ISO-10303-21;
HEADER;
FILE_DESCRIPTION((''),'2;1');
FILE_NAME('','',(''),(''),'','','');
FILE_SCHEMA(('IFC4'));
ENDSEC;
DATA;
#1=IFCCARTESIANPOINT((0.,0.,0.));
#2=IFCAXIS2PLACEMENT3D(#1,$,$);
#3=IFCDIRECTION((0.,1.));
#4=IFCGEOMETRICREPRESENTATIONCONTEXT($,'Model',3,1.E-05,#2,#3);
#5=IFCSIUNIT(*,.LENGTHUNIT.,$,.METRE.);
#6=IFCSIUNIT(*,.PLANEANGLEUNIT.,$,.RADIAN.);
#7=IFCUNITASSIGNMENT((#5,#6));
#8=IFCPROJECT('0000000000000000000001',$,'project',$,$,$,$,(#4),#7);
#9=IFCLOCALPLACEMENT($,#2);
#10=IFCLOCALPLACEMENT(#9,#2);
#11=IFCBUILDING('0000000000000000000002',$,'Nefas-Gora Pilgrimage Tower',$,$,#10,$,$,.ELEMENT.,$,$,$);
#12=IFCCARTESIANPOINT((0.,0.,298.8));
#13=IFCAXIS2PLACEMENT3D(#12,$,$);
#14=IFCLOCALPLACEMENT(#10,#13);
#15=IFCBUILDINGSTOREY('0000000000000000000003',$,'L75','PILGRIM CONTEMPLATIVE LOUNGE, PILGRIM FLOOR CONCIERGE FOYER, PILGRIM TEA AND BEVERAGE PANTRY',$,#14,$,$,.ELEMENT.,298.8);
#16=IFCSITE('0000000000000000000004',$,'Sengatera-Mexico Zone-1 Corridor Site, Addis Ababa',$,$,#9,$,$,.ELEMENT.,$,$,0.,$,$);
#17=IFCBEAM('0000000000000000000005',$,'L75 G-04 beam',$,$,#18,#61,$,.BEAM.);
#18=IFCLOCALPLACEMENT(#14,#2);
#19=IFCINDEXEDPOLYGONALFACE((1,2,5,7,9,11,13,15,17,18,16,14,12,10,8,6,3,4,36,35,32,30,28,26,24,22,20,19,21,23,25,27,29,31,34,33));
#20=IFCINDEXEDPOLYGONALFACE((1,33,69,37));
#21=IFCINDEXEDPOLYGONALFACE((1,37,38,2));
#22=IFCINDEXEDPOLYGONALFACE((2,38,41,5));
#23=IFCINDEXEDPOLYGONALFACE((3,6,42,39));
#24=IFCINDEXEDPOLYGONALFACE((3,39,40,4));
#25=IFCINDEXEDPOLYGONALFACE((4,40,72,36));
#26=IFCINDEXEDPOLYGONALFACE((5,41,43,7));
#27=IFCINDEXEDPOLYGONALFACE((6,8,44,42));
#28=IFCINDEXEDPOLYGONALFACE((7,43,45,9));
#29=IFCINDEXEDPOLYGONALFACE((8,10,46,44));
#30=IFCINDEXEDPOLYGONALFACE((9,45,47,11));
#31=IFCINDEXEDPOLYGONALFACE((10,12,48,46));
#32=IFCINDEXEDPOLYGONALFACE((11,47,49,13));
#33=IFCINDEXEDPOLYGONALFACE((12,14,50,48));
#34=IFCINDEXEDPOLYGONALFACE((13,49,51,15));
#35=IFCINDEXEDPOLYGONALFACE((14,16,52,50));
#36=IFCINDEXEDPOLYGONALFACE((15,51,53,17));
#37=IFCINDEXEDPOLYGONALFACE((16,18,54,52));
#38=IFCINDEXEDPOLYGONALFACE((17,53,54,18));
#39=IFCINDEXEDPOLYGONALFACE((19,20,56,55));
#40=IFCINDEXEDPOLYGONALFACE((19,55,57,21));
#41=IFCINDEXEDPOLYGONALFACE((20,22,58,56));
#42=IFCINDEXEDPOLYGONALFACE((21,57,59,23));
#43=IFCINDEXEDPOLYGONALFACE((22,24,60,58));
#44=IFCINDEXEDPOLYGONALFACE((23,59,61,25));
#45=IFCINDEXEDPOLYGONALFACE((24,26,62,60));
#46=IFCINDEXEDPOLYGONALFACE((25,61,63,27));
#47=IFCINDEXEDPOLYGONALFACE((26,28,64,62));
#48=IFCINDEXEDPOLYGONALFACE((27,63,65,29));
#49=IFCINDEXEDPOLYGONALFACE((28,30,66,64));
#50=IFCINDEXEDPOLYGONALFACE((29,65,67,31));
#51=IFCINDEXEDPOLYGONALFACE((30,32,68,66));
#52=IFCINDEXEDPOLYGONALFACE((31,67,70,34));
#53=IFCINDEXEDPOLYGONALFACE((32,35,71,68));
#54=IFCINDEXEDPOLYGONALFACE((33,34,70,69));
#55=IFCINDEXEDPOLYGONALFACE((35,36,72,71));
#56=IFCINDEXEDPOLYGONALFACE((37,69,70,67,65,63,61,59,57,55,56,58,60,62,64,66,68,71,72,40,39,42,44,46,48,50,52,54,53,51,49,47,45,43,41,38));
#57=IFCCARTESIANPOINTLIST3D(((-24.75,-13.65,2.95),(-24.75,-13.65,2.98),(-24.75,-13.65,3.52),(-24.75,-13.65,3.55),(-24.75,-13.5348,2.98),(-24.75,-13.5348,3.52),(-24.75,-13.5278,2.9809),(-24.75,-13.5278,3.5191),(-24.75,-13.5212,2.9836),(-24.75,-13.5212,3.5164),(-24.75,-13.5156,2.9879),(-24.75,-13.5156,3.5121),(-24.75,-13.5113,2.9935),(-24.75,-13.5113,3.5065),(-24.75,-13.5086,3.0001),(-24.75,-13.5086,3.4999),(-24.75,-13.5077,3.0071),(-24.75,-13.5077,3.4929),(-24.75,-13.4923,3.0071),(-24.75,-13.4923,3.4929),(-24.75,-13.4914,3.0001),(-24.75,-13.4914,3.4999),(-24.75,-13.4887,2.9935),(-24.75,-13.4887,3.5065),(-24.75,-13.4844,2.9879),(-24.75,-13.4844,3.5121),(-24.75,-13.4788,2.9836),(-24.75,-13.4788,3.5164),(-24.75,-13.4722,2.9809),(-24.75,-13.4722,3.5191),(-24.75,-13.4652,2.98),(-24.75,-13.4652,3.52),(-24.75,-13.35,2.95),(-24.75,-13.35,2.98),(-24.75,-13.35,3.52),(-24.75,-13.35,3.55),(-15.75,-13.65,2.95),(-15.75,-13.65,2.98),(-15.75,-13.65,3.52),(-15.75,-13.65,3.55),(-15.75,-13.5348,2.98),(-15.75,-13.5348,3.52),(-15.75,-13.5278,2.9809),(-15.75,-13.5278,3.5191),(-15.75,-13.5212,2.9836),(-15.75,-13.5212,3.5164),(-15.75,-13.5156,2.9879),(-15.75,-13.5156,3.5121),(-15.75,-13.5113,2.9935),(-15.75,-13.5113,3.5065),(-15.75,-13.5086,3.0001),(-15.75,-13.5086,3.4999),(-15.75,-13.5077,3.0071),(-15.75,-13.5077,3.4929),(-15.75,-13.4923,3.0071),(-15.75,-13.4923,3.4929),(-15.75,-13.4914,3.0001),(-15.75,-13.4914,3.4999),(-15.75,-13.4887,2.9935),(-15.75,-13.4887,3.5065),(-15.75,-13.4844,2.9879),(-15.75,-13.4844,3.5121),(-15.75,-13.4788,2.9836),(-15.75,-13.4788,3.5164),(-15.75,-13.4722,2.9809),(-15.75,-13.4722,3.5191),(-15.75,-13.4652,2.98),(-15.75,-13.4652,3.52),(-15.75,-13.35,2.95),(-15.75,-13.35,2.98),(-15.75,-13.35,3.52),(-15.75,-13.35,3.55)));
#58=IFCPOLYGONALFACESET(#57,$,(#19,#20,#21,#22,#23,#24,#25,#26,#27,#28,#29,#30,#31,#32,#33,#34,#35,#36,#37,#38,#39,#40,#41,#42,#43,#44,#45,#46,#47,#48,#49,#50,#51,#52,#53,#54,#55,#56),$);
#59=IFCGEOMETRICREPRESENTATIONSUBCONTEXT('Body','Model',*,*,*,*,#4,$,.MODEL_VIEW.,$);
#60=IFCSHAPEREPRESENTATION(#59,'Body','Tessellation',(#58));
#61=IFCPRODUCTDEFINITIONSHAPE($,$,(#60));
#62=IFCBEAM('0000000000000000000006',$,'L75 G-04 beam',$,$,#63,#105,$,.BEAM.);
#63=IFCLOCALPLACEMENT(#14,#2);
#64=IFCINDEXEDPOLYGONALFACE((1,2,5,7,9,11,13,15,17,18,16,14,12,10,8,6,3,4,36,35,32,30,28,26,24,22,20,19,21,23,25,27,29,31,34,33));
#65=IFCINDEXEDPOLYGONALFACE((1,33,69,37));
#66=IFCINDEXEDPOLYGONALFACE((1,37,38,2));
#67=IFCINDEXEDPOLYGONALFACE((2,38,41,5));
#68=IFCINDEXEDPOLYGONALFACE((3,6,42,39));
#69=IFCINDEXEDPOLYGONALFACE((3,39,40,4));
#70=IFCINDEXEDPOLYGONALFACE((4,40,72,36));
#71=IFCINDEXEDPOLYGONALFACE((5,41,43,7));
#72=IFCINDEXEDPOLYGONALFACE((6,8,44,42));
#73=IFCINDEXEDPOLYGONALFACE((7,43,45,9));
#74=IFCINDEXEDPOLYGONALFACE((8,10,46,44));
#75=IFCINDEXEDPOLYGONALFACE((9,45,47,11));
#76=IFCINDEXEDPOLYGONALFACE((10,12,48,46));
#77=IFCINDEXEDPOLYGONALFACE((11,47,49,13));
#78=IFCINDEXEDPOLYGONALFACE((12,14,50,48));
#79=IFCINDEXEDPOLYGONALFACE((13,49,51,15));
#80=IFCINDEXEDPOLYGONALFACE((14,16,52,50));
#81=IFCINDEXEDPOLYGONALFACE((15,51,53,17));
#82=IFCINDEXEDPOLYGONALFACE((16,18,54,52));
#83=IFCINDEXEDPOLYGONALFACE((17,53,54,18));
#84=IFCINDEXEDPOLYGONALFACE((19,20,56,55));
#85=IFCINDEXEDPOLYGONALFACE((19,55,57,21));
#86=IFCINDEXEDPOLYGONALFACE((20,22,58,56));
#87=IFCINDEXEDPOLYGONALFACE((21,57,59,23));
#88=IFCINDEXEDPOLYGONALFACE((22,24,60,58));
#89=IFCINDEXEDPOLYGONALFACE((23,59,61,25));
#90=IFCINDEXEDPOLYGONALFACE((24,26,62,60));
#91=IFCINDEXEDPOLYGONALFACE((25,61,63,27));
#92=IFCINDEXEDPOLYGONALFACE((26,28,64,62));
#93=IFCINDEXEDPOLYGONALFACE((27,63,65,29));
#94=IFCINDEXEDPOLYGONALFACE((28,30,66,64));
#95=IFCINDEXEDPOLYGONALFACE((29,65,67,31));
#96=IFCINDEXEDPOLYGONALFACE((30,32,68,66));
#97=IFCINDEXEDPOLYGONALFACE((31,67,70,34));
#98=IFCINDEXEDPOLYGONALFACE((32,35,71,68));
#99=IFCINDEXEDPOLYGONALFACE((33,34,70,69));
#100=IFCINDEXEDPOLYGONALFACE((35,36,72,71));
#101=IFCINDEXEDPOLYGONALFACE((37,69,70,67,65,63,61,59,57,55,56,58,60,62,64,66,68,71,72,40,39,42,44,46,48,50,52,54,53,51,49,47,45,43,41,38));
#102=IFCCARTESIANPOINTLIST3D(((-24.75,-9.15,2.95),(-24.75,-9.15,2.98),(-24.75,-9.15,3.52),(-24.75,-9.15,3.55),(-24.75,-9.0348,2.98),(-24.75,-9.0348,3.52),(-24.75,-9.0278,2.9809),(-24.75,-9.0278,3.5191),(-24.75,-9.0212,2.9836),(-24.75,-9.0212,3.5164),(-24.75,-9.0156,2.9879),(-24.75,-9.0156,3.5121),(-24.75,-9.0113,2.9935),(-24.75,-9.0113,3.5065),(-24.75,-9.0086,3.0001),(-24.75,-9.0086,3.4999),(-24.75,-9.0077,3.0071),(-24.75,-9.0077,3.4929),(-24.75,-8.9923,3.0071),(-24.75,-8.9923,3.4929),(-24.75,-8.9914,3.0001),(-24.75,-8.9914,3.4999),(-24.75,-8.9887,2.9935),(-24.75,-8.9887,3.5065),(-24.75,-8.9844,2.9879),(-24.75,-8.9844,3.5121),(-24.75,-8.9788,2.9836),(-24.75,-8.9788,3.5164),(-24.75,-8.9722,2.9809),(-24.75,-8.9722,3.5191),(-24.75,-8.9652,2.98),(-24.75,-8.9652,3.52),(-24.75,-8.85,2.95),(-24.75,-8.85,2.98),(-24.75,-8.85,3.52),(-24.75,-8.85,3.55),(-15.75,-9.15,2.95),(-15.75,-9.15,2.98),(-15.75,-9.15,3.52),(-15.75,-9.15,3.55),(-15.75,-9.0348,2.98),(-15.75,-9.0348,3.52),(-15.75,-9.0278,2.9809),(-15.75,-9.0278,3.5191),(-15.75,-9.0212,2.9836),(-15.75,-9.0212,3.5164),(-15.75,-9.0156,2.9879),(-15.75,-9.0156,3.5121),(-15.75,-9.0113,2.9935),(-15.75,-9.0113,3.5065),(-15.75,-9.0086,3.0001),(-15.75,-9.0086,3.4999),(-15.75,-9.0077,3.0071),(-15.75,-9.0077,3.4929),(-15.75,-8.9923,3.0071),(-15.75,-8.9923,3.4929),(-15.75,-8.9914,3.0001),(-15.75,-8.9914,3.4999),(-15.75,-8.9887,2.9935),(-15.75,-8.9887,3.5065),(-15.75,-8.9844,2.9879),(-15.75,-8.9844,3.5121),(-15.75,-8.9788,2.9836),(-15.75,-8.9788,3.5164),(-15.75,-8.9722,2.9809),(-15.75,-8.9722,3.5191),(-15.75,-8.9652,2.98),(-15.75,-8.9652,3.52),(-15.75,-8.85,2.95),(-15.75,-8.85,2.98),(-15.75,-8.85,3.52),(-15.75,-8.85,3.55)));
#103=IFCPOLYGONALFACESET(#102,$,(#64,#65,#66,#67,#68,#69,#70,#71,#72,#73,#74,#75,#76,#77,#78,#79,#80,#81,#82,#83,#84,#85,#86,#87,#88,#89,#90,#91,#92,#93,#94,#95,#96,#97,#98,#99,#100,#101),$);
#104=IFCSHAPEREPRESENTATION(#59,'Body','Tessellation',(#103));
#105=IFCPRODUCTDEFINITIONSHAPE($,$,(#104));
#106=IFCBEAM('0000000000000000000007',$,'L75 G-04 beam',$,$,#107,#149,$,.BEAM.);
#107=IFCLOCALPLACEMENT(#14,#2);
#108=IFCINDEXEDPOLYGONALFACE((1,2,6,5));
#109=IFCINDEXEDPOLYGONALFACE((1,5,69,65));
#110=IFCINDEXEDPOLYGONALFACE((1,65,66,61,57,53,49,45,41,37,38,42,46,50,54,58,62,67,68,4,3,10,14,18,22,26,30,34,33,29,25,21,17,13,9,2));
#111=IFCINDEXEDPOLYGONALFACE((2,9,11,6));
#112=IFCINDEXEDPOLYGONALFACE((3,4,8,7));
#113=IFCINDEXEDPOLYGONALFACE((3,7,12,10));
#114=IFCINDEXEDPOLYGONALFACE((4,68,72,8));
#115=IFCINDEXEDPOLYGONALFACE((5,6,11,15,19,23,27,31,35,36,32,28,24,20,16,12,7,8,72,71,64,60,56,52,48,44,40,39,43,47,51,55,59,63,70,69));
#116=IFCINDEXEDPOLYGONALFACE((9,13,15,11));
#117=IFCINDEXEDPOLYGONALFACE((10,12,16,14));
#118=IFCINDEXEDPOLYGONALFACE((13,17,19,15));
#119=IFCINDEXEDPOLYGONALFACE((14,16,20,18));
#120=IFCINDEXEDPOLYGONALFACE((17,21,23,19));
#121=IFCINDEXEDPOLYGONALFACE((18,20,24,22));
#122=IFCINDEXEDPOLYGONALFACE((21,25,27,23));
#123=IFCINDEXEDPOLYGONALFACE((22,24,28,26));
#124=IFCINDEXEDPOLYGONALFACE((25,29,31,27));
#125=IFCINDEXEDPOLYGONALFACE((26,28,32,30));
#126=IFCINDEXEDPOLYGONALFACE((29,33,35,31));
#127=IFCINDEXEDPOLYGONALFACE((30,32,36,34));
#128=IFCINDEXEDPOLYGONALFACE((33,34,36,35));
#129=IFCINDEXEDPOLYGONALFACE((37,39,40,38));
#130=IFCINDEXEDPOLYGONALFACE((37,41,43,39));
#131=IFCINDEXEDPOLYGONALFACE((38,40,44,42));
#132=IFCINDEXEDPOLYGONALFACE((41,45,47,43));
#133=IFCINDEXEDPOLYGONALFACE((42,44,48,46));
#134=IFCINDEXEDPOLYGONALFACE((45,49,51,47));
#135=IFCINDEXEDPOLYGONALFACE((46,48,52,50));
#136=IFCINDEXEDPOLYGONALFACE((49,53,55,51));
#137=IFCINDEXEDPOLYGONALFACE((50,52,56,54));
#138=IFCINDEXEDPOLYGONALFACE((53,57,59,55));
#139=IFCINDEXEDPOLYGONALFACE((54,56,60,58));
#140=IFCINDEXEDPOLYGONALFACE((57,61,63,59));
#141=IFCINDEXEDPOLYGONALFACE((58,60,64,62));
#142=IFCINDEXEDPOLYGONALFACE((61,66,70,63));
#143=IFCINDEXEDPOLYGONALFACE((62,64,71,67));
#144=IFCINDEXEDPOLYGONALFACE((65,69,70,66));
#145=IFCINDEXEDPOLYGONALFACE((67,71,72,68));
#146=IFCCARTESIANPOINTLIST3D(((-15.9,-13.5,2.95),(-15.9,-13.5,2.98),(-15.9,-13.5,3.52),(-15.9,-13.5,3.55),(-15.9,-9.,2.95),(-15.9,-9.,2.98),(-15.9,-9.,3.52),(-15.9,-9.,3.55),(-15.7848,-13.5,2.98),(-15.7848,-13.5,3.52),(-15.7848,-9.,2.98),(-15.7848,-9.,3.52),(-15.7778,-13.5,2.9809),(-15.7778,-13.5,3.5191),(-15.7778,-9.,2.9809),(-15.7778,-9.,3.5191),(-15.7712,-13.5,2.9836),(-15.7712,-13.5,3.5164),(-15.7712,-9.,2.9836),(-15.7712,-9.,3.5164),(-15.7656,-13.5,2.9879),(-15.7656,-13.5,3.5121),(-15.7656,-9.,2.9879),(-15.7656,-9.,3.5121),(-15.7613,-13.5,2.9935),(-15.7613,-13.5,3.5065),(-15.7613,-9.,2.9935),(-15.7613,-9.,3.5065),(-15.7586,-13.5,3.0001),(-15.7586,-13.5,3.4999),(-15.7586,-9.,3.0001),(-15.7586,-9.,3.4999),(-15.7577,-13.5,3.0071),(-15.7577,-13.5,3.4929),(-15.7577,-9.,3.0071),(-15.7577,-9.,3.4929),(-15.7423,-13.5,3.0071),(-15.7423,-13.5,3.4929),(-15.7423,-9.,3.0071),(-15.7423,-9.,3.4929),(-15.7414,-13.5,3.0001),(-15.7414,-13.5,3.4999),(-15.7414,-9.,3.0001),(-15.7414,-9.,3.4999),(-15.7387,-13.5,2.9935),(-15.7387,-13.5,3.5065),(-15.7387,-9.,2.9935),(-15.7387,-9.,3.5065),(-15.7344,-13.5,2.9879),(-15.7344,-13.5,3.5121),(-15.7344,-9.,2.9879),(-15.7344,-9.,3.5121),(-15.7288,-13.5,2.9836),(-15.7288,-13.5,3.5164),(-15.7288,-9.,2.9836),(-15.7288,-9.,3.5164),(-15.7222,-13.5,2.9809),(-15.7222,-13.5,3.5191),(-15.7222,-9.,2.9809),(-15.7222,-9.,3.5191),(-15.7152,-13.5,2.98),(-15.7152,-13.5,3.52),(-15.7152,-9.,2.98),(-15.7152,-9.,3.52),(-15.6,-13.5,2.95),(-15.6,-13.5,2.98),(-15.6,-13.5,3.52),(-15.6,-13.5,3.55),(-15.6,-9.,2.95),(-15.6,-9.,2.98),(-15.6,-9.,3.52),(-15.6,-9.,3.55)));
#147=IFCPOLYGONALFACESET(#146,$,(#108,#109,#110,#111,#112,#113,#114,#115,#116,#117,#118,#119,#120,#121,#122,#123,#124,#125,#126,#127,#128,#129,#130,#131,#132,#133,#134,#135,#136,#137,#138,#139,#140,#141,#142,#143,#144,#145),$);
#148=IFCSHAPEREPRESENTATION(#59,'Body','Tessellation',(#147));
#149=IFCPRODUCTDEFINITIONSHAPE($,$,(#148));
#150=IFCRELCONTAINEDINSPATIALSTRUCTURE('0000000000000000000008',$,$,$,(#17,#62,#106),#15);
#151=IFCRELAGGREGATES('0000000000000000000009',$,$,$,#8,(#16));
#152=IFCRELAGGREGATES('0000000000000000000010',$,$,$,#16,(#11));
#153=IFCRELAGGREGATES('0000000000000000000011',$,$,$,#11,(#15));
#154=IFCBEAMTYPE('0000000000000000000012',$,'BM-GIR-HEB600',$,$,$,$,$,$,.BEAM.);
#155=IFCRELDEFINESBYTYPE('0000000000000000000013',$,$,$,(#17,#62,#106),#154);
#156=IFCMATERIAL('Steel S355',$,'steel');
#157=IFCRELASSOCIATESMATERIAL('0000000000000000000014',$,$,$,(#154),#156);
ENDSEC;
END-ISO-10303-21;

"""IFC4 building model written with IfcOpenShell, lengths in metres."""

from ifc_helpers import new_model, si_unit, direction, frame, origin, origin_2d, place, context, subcontext, project, spatial, i_section, extrude, source, transform, mapped, material, material_profile, profile_set, type_object, element, save


model = new_model("IFC4")

# Units and contexts
model_context = context("Model", 3, precision=1e-05, world=origin(), true_north=direction((0.0, 1.0)))
body_context = subcontext(model_context, "Body", "Model", "MODEL_VIEW")
ifc_project = project(units=[si_unit("LENGTHUNIT", "METRE"), si_unit("PLANEANGLEUNIT", "RADIAN")], contexts=[model_context])

# Site, building, storey
site_placement = place(None, origin())
site = spatial("IfcSite", under=ifc_project, at=site_placement, Name="Sengatera-Mexico Zone-1 Corridor Site, Addis Ababa", CompositionType="ELEMENT", RefElevation=0.0)
building_placement = place(site_placement, origin())
building = spatial("IfcBuilding", under=site, at=building_placement, Name="Nefas-Gora Pilgrimage Tower", CompositionType="ELEMENT")
storey_placement = place(building_placement, frame((0.0, 0.0, 298.8)))
storey = spatial("IfcBuildingStorey", under=building, at=storey_placement, Name="L75", Description="PILGRIM CONTEMPLATIVE LOUNGE, PILGRIM FLOOR CONCIERGE FOYER, PILGRIM TEA AND BEVERAGE PANTRY", CompositionType="ELEMENT", Elevation=298.8)

# Shared definitions
ifc_material_1 = material(Name="Steel S355", Category="steel")

# Beams
ifc_material_profile_1 = material_profile(ifc_material_1, i_section(OverallWidth=0.3, OverallDepth=0.6001, WebThickness=0.0154, FlangeThickness=0.03, FilletRadius=0.0271, at=origin_2d()), Name="HEB 600")
ifc_profile_set_1 = profile_set([ifc_material_profile_1], Name="Steel S355")
beam_type_1 = type_object("IfcBeamType", Name="BM-GIR-HEB600", PredefinedType="BEAM", material=ifc_profile_set_1)
shared_shape_1 = source(origin(), body_context, "Body", "SweptSolid", [
    extrude(i_section(OverallWidth=0.3, OverallDepth=0.6001, WebThickness=0.0154, FlangeThickness=0.03, FilletRadius=0.0271, at=origin_2d()), origin(), (0.0, 0.0, 1.0), 9.0),
])
for number, where, z_axis, x_axis, name in (
    (1, (-24.75, -13.5, 3.25), (1.0, 0.0, 0.0), (0.0, 1.0, 0.0), "L75 G-04 beam"),
    (2, (-24.75, -9.0, 3.25), (1.0, 0.0, 0.0), (0.0, 1.0, 0.0), "L75 G-04 beam"),
):
    element("IfcBeam", number, at=place(storey_placement, frame(where, z_axis=z_axis, x_axis=x_axis)), inside=storey, type_object=beam_type_1, Name=name, PredefinedType="BEAM", context=body_context, shape_type="MappedRepresentation", body=[
        mapped(shared_shape_1, transform((0.0, 0.0, 0.0), x_axis=(1.0, 0.0, 0.0), y_axis=(0.0, 1.0, 0.0), z_axis=(0.0, 0.0, 1.0), scale=1.0)),
    ])
shared_shape_2 = source(origin(), body_context, "Body", "SweptSolid", [
    extrude(i_section(OverallWidth=0.3, OverallDepth=0.6001, WebThickness=0.0154, FlangeThickness=0.03, FilletRadius=0.0271, at=origin_2d()), origin(), (0.0, 0.0, 1.0), 4.5),
])
beam_placement = place(storey_placement, frame((-15.75, -13.5, 3.25), z_axis=(0.0, 1.0, 0.0), x_axis=(-1.0, 0.0, 0.0)))
element("IfcBeam", 3, at=beam_placement, inside=storey, type_object=beam_type_1, Name="L75 G-04 beam", PredefinedType="BEAM", context=body_context, shape_type="MappedRepresentation", body=[
    mapped(shared_shape_2, transform((0.0, 0.0, 0.0), x_axis=(1.0, 0.0, 0.0), y_axis=(0.0, 1.0, 0.0), z_axis=(0.0, 0.0, 1.0), scale=1.0)),
])

save(model, "model.ifc")
